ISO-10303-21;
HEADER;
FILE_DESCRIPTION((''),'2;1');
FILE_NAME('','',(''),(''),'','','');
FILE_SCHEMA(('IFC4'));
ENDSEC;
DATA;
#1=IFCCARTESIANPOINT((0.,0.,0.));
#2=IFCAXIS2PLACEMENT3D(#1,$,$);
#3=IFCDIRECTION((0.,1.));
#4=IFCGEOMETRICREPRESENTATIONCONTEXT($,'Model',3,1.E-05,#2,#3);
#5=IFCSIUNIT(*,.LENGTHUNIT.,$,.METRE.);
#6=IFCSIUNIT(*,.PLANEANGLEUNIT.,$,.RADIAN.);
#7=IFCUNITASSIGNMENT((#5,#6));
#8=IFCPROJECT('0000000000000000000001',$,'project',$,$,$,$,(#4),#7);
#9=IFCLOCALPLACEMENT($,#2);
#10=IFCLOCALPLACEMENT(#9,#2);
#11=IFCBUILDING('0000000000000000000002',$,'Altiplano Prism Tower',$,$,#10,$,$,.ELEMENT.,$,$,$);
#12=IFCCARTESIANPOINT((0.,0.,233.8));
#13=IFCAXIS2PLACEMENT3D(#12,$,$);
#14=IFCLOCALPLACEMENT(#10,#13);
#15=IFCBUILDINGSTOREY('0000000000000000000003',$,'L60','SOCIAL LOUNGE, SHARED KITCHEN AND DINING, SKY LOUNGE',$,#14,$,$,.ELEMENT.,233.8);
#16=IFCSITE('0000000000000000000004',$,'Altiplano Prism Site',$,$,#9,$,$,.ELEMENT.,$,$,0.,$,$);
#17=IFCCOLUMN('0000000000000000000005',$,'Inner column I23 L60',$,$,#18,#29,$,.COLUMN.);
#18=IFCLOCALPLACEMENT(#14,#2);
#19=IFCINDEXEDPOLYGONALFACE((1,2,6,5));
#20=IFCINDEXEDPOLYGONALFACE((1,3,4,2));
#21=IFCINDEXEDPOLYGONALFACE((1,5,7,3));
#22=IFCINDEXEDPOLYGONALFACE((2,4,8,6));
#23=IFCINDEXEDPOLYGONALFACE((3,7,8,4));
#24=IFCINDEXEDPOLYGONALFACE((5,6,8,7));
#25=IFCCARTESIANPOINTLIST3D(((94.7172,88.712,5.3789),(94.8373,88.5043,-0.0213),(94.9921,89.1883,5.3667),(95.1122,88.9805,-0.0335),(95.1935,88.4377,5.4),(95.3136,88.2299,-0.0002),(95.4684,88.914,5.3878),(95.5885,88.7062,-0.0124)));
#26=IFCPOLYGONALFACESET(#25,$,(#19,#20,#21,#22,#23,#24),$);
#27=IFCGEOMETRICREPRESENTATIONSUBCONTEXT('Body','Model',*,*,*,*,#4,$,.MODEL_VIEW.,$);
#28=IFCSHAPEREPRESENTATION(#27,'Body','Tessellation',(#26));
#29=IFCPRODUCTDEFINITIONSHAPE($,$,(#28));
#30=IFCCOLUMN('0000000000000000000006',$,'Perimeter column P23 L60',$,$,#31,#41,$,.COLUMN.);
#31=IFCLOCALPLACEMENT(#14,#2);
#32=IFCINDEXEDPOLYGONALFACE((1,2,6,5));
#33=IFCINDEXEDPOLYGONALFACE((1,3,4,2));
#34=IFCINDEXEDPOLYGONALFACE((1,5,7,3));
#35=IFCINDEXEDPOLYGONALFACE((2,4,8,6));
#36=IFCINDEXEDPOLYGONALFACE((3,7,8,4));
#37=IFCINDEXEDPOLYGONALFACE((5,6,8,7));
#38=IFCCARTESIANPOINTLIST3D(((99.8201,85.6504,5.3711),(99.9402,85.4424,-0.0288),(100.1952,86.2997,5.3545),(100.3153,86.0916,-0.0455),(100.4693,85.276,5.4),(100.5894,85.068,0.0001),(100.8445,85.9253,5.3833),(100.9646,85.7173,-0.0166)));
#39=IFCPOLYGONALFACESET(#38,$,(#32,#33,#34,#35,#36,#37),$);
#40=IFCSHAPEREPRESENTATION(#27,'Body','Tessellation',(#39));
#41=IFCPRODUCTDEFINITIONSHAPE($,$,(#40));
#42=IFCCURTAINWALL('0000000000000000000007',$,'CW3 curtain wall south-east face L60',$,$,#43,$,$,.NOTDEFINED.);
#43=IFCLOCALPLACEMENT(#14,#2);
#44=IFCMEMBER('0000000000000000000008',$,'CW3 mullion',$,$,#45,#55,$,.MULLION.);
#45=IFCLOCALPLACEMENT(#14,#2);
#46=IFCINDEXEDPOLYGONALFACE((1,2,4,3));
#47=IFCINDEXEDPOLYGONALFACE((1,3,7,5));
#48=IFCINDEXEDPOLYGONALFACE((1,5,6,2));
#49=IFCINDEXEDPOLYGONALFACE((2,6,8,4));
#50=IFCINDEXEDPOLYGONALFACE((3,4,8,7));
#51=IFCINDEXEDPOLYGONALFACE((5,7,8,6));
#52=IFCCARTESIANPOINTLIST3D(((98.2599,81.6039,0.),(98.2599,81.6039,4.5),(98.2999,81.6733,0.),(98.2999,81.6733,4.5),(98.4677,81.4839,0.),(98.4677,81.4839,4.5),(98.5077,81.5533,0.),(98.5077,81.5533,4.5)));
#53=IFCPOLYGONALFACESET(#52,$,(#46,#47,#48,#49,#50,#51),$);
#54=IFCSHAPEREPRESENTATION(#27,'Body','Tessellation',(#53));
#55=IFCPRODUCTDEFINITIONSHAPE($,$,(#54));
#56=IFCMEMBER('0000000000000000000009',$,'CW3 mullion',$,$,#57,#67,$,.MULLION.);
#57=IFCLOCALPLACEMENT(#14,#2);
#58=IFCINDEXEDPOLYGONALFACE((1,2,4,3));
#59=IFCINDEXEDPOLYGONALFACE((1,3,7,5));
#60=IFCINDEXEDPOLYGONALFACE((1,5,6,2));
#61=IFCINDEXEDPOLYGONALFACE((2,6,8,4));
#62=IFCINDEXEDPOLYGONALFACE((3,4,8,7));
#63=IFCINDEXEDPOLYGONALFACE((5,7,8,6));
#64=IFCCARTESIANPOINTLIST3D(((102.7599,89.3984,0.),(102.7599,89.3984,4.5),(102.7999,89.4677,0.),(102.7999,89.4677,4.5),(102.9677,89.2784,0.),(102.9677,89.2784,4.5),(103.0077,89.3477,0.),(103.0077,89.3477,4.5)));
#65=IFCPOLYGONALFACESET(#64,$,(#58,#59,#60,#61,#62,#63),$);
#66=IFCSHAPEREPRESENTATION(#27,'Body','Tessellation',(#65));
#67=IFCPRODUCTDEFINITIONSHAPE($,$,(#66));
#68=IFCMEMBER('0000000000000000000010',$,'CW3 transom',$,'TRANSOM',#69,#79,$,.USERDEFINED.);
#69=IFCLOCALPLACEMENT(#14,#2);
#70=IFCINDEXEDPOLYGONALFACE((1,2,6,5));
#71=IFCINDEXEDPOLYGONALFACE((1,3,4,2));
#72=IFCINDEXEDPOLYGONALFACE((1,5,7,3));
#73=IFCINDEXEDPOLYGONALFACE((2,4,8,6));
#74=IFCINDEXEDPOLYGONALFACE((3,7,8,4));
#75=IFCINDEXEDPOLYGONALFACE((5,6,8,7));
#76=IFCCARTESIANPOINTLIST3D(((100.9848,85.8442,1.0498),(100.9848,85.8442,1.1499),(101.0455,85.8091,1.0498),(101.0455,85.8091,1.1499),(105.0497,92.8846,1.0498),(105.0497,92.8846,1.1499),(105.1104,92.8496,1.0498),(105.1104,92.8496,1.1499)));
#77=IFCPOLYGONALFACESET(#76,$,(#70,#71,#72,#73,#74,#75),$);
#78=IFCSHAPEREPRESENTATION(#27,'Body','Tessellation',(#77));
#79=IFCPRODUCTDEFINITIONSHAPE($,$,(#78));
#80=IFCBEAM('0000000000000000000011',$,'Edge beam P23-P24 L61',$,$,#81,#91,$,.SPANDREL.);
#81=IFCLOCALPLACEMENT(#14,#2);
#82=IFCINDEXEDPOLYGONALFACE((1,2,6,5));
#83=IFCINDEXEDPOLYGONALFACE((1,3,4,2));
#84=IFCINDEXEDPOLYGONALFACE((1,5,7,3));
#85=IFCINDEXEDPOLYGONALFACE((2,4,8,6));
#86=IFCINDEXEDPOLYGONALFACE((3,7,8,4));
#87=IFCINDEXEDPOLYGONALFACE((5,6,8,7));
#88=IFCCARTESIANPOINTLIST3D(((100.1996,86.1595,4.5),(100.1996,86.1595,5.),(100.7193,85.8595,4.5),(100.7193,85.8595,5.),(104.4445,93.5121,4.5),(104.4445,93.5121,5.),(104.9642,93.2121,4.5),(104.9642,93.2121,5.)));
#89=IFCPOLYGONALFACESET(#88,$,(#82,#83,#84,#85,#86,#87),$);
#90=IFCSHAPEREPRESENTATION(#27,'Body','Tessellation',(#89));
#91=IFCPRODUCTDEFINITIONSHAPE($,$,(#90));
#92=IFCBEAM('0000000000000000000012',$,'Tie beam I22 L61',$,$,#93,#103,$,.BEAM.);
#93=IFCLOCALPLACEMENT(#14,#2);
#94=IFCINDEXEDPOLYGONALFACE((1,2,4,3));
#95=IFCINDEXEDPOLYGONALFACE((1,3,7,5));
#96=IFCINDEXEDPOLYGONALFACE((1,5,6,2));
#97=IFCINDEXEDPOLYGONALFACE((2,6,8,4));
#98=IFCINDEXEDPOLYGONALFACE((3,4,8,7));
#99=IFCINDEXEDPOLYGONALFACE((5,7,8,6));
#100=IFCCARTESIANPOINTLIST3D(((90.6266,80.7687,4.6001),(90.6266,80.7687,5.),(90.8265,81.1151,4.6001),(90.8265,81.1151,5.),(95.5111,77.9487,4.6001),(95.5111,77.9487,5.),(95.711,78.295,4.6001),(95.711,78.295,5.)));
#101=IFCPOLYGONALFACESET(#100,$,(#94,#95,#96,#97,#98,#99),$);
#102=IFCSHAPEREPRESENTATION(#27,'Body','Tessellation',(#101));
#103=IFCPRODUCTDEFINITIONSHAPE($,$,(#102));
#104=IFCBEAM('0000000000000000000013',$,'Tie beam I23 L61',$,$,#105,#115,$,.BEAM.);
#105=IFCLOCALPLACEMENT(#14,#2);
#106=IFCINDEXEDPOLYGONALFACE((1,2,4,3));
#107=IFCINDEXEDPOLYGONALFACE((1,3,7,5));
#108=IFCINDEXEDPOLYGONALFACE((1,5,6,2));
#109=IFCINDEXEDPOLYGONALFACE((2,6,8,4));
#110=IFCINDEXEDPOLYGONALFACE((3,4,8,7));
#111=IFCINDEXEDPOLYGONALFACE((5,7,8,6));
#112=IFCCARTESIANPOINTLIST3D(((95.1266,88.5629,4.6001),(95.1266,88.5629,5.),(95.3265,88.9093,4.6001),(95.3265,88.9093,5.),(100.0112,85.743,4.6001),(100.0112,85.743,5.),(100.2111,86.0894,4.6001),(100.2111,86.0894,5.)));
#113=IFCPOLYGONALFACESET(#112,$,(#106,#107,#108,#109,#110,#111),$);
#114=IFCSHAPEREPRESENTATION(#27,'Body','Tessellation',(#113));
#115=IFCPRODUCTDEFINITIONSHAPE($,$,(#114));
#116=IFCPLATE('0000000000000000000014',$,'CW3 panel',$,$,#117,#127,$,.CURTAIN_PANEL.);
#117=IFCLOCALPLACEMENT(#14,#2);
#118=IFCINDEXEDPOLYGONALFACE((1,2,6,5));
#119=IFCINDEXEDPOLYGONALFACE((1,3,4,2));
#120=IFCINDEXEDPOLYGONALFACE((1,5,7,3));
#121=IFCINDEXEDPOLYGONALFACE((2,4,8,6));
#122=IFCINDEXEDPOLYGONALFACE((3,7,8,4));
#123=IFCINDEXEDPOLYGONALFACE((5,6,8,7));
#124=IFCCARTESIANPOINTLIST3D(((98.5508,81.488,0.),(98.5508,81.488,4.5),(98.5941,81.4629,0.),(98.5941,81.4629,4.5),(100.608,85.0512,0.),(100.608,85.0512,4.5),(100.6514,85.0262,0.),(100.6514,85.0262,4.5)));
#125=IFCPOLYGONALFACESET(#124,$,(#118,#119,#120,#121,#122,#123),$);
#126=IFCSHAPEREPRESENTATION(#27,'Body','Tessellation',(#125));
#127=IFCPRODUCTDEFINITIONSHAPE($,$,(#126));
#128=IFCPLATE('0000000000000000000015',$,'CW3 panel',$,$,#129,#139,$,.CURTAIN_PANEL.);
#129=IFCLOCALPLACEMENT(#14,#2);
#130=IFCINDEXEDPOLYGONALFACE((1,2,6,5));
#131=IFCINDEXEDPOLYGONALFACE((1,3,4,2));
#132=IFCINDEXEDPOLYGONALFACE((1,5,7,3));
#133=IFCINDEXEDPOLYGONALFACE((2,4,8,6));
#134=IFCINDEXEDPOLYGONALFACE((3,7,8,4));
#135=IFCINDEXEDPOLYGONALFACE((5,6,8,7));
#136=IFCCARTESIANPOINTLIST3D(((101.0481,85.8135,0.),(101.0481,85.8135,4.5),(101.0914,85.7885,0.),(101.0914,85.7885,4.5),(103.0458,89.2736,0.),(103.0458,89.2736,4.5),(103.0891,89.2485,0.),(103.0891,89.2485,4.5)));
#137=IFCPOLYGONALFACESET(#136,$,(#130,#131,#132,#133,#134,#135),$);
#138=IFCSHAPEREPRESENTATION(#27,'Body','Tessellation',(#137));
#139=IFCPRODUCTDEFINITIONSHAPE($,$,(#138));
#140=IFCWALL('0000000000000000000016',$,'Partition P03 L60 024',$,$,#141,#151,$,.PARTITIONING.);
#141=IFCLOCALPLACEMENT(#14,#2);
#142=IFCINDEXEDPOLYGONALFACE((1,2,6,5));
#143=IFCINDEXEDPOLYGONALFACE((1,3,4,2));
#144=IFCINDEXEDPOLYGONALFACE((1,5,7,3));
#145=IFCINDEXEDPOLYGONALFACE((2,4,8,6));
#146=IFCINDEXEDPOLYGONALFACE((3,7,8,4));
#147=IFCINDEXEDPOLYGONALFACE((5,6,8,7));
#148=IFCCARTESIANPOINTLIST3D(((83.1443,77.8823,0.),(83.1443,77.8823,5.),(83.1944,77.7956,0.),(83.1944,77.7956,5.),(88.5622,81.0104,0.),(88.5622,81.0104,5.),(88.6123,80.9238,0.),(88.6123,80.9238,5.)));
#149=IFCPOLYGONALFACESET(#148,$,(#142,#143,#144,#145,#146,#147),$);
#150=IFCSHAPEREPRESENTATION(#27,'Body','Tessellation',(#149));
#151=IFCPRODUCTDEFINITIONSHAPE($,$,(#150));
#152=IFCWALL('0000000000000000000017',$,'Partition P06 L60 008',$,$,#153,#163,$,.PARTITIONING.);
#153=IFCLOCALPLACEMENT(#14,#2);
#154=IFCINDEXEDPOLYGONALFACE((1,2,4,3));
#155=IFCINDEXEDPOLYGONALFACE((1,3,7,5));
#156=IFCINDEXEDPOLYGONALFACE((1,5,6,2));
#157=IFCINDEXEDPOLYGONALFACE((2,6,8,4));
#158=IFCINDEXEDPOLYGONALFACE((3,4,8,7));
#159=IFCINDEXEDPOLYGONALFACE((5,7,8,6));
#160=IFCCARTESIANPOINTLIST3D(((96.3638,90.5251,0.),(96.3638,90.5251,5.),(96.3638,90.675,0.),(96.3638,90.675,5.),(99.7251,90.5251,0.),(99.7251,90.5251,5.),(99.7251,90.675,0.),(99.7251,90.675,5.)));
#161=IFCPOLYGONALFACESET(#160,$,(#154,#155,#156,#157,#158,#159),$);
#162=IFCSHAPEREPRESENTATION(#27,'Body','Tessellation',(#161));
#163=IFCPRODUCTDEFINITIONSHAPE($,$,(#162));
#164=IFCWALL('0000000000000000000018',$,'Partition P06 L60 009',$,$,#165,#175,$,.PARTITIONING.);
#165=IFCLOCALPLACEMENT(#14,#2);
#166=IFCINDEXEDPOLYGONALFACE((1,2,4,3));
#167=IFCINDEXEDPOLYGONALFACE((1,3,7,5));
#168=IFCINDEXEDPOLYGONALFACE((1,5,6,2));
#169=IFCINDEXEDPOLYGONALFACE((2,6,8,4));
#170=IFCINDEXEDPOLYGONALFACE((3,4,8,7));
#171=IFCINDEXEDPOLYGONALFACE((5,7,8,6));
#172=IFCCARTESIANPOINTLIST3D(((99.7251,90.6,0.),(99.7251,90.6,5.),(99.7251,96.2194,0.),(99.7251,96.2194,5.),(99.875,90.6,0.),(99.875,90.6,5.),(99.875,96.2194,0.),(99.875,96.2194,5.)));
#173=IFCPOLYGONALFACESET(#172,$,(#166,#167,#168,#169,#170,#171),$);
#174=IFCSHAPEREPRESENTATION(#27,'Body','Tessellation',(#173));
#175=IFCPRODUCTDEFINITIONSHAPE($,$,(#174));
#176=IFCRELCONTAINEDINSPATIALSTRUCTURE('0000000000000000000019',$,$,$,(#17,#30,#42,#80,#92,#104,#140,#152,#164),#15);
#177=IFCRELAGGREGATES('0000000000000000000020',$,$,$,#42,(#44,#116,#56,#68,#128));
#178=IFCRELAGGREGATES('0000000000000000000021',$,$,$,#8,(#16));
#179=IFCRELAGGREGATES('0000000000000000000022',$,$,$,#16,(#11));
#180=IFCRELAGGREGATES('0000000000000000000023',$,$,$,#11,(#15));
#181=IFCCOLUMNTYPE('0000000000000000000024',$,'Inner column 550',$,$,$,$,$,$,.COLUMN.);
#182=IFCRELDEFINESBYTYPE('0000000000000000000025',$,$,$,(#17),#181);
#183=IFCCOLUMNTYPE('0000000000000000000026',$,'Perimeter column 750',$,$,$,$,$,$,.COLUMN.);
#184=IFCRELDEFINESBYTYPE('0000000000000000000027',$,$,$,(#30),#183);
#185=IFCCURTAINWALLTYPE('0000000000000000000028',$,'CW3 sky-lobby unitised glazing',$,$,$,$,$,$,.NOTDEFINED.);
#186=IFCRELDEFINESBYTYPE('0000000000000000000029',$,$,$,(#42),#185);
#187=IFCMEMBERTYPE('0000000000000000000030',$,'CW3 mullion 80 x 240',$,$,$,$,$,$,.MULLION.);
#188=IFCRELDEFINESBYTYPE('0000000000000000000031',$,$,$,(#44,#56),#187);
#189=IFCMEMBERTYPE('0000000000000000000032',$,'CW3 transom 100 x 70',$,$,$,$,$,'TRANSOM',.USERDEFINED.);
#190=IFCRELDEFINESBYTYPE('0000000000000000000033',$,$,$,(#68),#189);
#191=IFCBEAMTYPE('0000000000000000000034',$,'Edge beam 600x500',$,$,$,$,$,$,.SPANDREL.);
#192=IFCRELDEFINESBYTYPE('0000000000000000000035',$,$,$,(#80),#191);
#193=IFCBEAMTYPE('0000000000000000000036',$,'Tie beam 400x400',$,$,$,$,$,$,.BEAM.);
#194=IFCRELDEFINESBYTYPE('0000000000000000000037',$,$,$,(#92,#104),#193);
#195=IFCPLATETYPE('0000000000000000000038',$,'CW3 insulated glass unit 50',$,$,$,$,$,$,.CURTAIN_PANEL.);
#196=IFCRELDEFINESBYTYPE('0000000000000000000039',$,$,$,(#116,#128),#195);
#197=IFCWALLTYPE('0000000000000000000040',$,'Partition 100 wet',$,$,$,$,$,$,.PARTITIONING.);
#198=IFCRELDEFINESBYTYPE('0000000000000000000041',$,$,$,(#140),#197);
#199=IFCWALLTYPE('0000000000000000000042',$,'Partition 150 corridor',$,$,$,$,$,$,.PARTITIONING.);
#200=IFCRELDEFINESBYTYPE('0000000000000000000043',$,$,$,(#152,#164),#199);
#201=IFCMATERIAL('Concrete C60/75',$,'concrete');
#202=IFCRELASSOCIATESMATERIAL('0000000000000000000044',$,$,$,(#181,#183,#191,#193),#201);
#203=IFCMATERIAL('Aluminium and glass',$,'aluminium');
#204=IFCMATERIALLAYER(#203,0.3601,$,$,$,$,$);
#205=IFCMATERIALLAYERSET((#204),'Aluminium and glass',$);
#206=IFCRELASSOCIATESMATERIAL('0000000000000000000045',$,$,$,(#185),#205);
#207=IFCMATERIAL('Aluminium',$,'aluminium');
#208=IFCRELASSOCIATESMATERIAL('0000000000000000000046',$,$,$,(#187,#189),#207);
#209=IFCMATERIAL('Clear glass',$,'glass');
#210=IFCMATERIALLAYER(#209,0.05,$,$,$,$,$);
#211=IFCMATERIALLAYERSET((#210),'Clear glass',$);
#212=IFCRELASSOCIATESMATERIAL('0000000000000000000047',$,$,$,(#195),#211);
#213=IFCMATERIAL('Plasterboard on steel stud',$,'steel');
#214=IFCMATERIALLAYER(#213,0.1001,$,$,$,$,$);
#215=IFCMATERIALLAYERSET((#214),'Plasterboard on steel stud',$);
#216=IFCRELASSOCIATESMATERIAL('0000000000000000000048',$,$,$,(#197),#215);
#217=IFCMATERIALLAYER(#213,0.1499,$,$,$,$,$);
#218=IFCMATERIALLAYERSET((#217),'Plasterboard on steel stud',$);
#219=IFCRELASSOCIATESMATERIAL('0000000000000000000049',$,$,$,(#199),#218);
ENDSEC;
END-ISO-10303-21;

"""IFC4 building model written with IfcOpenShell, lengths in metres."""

from ifc_helpers import new_model, si_unit, direction, frame, frame_2d, origin, origin_2d, place, context, subcontext, project, spatial, rectangle, extrude, material, layer, layer_set, material_profile, profile_set, type_object, element, aggregate, save


model = new_model("IFC4")

# Units and contexts
model_context = context("Model", 3, precision=1e-05, world=origin(), true_north=direction((0.0, 1.0)))
body_context = subcontext(model_context, "Body", "Model", "MODEL_VIEW")
ifc_project = project(units=[si_unit("LENGTHUNIT", "METRE"), si_unit("PLANEANGLEUNIT", "RADIAN")], contexts=[model_context])

# Site, building, storey
site_placement = place(None, origin())
site = spatial("IfcSite", under=ifc_project, at=site_placement, Name="Altiplano Prism Site", CompositionType="ELEMENT", RefElevation=0.0)
building_placement = place(site_placement, origin())
building = spatial("IfcBuilding", under=site, at=building_placement, Name="Altiplano Prism Tower", CompositionType="ELEMENT")
storey_placement = place(building_placement, frame((0.0, 0.0, 233.8)))
storey = spatial("IfcBuildingStorey", under=building, at=storey_placement, Name="L60", Description="SOCIAL LOUNGE, SHARED KITCHEN AND DINING, SKY LOUNGE", CompositionType="ELEMENT", Elevation=233.8)

# Columns
ifc_material_1 = material(Name="Concrete C60/75", Category="concrete")
ifc_material_profile_1 = material_profile(ifc_material_1, rectangle(XDim=0.55, YDim=0.55, at=origin_2d()), Name="Inner column 550")
ifc_profile_set_1 = profile_set([ifc_material_profile_1], Name="Concrete C60/75")
column_type_1 = type_object("IfcColumnType", Name="Inner column 550", PredefinedType="COLUMN", material=ifc_profile_set_1)
column_1_placement = place(storey_placement, frame((95.2129, 88.6052, -0.0168), z_axis=(-0.022221, 0.038436, 0.999014), x_axis=(-0.499734, -0.865895, 0.022198)))
element("IfcColumn", 1, at=column_1_placement, inside=storey, type_object=column_type_1, Name="Inner column I23 L60", PredefinedType="COLUMN", context=body_context, shape_type="SweptSolid", body=[
    extrude(rectangle(XDim=0.55, YDim=0.55, at=origin_2d()), origin(), (0.0, 0.0, 1.0), 5.4055),
])
ifc_material_profile_2 = material_profile(ifc_material_1, rectangle(XDim=0.75, YDim=0.75, at=origin_2d()), Name="Perimeter column 750")
ifc_profile_set_2 = profile_set([ifc_material_profile_2], Name="Concrete C60/75")
column_type_2 = type_object("IfcColumnType", Name="Perimeter column 750", PredefinedType="COLUMN", material=ifc_profile_set_2)
column_2_placement = place(storey_placement, frame((100.4524, 85.5798, -0.0227), z_axis=(-0.022222, 0.038483, 0.999012), x_axis=(-0.500175, -0.865639, 0.022219)))
element("IfcColumn", 2, at=column_2_placement, inside=storey, type_object=column_type_2, Name="Perimeter column P23 L60", PredefinedType="COLUMN", context=body_context, shape_type="SweptSolid", body=[
    extrude(rectangle(XDim=0.75, YDim=0.75, at=origin_2d()), origin(), (0.0, 0.0, 1.0), 5.4053),
])

# Curtain wall, members
ifc_material_2 = material(Name="Aluminium and glass", Category="aluminium")
ifc_layer_1 = layer(ifc_material_2, 0.3601)
ifc_layer_set_1 = layer_set([ifc_layer_1], Name="Aluminium and glass")
curtain_wall_type = type_object("IfcCurtainWallType", Name="CW3 sky-lobby unitised glazing", PredefinedType="NOTDEFINED", material=ifc_layer_set_1)
curtain_wall_placement = place(storey_placement, origin())
curtain_wall = element("IfcCurtainWall", 3, at=curtain_wall_placement, inside=storey, type_object=curtain_wall_type, Name="CW3 curtain wall south-east face L60", PredefinedType="NOTDEFINED")
ifc_material_3 = material(Name="Aluminium", Category="aluminium")
ifc_material_profile_3 = material_profile(ifc_material_3, rectangle(XDim=0.24, YDim=0.0801, at=origin_2d()), Name="CW3 mullion 80 x 240")
ifc_profile_set_3 = profile_set([ifc_material_profile_3], Name="Aluminium")
member_type_1 = type_object("IfcMemberType", Name="CW3 mullion 80 x 240", PredefinedType="MULLION", material=ifc_profile_set_3)
member_1_placement = place(storey_placement, frame((98.3838, 81.5786, 0.0), z_axis=(0.0, 0.0, 1.0), x_axis=(-0.866025, 0.5, 0.0)))
member_1 = element("IfcMember", 4, at=member_1_placement, type_object=member_type_1, Name="CW3 mullion", PredefinedType="MULLION", context=body_context, shape_type="SweptSolid", body=[
    extrude(rectangle(XDim=0.24, YDim=0.0801, at=origin_2d()), origin(), (0.0, 0.0, 1.0), 4.5),
])
member_2_placement = place(storey_placement, frame((102.8838, 89.373, 0.0), z_axis=(0.0, 0.0, 1.0), x_axis=(-0.866025, 0.5, 0.0)))
member_2 = element("IfcMember", 5, at=member_2_placement, type_object=member_type_1, Name="CW3 mullion", PredefinedType="MULLION", context=body_context, shape_type="SweptSolid", body=[
    extrude(rectangle(XDim=0.24, YDim=0.0801, at=origin_2d()), origin(), (0.0, 0.0, 1.0), 4.5),
])
ifc_material_profile_4 = material_profile(ifc_material_3, rectangle(XDim=0.0701, YDim=0.1001, at=origin_2d()), Name="CW3 transom 100 x 70")
ifc_profile_set_4 = profile_set([ifc_material_profile_4], Name="Aluminium")
member_type_2 = type_object("IfcMemberType", Name="CW3 transom 100 x 70", ElementType="TRANSOM", PredefinedType="USERDEFINED", material=ifc_profile_set_4)
member_3_placement = place(storey_placement, frame((101.0151, 85.8267, 1.0999), z_axis=(0.500008, 0.866021, 0.0), x_axis=(-0.866021, 0.500008, 0.0)))
member_3 = element("IfcMember", 6, at=member_3_placement, type_object=member_type_2, Name="CW3 transom", ObjectType="TRANSOM", PredefinedType="USERDEFINED", context=body_context, shape_type="SweptSolid", body=[
    extrude(rectangle(XDim=0.0701, YDim=0.1001, at=origin_2d()), origin(), (0.0, 0.0, 1.0), 8.1296),
])

# Beams
ifc_material_profile_5 = material_profile(ifc_material_1, rectangle(XDim=0.6001, YDim=0.5, at=origin_2d()), Name="Edge beam 600x500")
ifc_profile_set_5 = profile_set([ifc_material_profile_5], Name="Concrete C60/75")
beam_type_1 = type_object("IfcBeamType", Name="Edge beam 600x500", PredefinedType="SPANDREL", material=ifc_profile_set_5)
beam_placement = place(storey_placement, frame((100.4595, 86.0095, 4.75), z_axis=(0.49999, 0.866031, 0.0), x_axis=(-0.866031, 0.49999, 0.0)))
element("IfcBeam", 7, at=beam_placement, inside=storey, type_object=beam_type_1, Name="Edge beam P23-P24 L61", PredefinedType="SPANDREL", context=body_context, shape_type="SweptSolid", body=[
    extrude(rectangle(XDim=0.6001, YDim=0.5, at=origin_2d()), origin(), (0.0, 0.0, 1.0), 8.49),
])
ifc_material_profile_6 = material_profile(ifc_material_1, rectangle(XDim=0.3999, YDim=0.3999, at=origin_2d()), Name="Tie beam 400x400")
ifc_profile_set_6 = profile_set([ifc_material_profile_6], Name="Concrete C60/75")
beam_type_2 = type_object("IfcBeamType", Name="Tie beam 400x400", PredefinedType="BEAM", material=ifc_profile_set_6)
for number, where, z_axis, x_axis, name in (
    (8, (90.7266, 80.9419, 4.8), (0.866026, -0.499998, 0.0), (0.499998, 0.866026, 0.0), "Tie beam I22 L61"),
    (9, (95.2266, 88.7361, 4.8), (0.866045, -0.499966, 0.0), (0.499966, 0.866045, 0.0), "Tie beam I23 L61"),
):
    element("IfcBeam", number, at=place(storey_placement, frame(where, z_axis=z_axis, x_axis=x_axis)), inside=storey, type_object=beam_type_2, Name=name, PredefinedType="BEAM", context=body_context, shape_type="SweptSolid", body=[
        extrude(rectangle(XDim=0.3999, YDim=0.3999, at=origin_2d()), origin(), (0.0, 0.0, 1.0), 5.6401),
    ])

# Plates
ifc_material_4 = material(Name="Clear glass", Category="glass")
ifc_layer_2 = layer(ifc_material_4, 0.05)
ifc_layer_set_2 = layer_set([ifc_layer_2], Name="Clear glass")
plate_type = type_object("IfcPlateType", Name="CW3 insulated glass unit 50", PredefinedType="CURTAIN_PANEL", material=ifc_layer_set_2)
plate_1_placement = place(storey_placement, frame((99.6011, 83.2571, 0.0), z_axis=(0.0, 0.0, 1.0), x_axis=(0.5, 0.866025, 0.0)))
plate_1 = element("IfcPlate", 10, at=plate_1_placement, type_object=plate_type, Name="CW3 panel", PredefinedType="CURTAIN_PANEL", context=body_context, shape_type="SweptSolid", body=[
    extrude(rectangle(XDim=4.1145, YDim=0.05, at=origin_2d()), origin(), (0.0, 0.0, 1.0), 4.5),
])
plate_2_placement = place(storey_placement, frame((102.0686, 87.531, 0.0), z_axis=(0.0, 0.0, 1.0), x_axis=(0.5, 0.866025, 0.0)))
plate_2 = element("IfcPlate", 11, at=plate_2_placement, type_object=plate_type, Name="CW3 panel", PredefinedType="CURTAIN_PANEL", context=body_context, shape_type="SweptSolid", body=[
    extrude(rectangle(XDim=3.9954, YDim=0.05, at=origin_2d()), origin(), (0.0, 0.0, 1.0), 4.5),
])
aggregate(curtain_wall, [member_1, plate_1, member_2, member_3, plate_2])

# Walls
ifc_material_5 = material(Name="Plasterboard on steel stud", Category="steel")
ifc_layer_3 = layer(ifc_material_5, 0.1001)
ifc_layer_set_3 = layer_set([ifc_layer_3], Name="Plasterboard on steel stud")
wall_type_1 = type_object("IfcWallType", Name="Partition 100 wet", PredefinedType="PARTITIONING", material=ifc_layer_set_3)
wall_1_placement = place(storey_placement, frame((88.5872, 80.967, 0.0), z_axis=(0.0, 0.0, 1.0), x_axis=(-0.866018, -0.500013, 0.0)))
element("IfcWall", 12, at=wall_1_placement, inside=storey, type_object=wall_type_1, Name="Partition P03 L60 024", PredefinedType="PARTITIONING", context=body_context, shape_type="SweptSolid", body=[
    extrude(rectangle(XDim=6.2561, YDim=0.1001, at=frame_2d((3.1279, 0.0))), origin(), (0.0, 0.0, 1.0), 5.0),
])
ifc_layer_4 = layer(ifc_material_5, 0.1499)
ifc_layer_set_4 = layer_set([ifc_layer_4], Name="Plasterboard on steel stud")
wall_type_2 = type_object("IfcWallType", Name="Partition 150 corridor", PredefinedType="PARTITIONING", material=ifc_layer_set_4)
wall_2_placement = place(storey_placement, frame((96.3638, 90.6001, 0.0), z_axis=(0.0, 0.0, 1.0), x_axis=(1.0, 0.0, 0.0)))
element("IfcWall", 13, at=wall_2_placement, inside=storey, type_object=wall_type_2, Name="Partition P06 L60 008", PredefinedType="PARTITIONING", context=body_context, shape_type="SweptSolid", body=[
    extrude(rectangle(XDim=3.3613, YDim=0.1499, at=frame_2d((1.6807, 0.0))), origin(), (0.0, 0.0, 1.0), 5.0),
])
wall_3_placement = place(storey_placement, frame((99.8, 90.6001, 0.0), z_axis=(0.0, 0.0, 1.0), x_axis=(0.0, 1.0, 0.0)))
element("IfcWall", 14, at=wall_3_placement, inside=storey, type_object=wall_type_2, Name="Partition P06 L60 009", PredefinedType="PARTITIONING", context=body_context, shape_type="SweptSolid", body=[
    extrude(rectangle(XDim=5.6194, YDim=0.1499, at=frame_2d((2.8096, 0.0))), origin(), (0.0, 0.0, 1.0), 5.0),
])

save(model, "model.ifc")
